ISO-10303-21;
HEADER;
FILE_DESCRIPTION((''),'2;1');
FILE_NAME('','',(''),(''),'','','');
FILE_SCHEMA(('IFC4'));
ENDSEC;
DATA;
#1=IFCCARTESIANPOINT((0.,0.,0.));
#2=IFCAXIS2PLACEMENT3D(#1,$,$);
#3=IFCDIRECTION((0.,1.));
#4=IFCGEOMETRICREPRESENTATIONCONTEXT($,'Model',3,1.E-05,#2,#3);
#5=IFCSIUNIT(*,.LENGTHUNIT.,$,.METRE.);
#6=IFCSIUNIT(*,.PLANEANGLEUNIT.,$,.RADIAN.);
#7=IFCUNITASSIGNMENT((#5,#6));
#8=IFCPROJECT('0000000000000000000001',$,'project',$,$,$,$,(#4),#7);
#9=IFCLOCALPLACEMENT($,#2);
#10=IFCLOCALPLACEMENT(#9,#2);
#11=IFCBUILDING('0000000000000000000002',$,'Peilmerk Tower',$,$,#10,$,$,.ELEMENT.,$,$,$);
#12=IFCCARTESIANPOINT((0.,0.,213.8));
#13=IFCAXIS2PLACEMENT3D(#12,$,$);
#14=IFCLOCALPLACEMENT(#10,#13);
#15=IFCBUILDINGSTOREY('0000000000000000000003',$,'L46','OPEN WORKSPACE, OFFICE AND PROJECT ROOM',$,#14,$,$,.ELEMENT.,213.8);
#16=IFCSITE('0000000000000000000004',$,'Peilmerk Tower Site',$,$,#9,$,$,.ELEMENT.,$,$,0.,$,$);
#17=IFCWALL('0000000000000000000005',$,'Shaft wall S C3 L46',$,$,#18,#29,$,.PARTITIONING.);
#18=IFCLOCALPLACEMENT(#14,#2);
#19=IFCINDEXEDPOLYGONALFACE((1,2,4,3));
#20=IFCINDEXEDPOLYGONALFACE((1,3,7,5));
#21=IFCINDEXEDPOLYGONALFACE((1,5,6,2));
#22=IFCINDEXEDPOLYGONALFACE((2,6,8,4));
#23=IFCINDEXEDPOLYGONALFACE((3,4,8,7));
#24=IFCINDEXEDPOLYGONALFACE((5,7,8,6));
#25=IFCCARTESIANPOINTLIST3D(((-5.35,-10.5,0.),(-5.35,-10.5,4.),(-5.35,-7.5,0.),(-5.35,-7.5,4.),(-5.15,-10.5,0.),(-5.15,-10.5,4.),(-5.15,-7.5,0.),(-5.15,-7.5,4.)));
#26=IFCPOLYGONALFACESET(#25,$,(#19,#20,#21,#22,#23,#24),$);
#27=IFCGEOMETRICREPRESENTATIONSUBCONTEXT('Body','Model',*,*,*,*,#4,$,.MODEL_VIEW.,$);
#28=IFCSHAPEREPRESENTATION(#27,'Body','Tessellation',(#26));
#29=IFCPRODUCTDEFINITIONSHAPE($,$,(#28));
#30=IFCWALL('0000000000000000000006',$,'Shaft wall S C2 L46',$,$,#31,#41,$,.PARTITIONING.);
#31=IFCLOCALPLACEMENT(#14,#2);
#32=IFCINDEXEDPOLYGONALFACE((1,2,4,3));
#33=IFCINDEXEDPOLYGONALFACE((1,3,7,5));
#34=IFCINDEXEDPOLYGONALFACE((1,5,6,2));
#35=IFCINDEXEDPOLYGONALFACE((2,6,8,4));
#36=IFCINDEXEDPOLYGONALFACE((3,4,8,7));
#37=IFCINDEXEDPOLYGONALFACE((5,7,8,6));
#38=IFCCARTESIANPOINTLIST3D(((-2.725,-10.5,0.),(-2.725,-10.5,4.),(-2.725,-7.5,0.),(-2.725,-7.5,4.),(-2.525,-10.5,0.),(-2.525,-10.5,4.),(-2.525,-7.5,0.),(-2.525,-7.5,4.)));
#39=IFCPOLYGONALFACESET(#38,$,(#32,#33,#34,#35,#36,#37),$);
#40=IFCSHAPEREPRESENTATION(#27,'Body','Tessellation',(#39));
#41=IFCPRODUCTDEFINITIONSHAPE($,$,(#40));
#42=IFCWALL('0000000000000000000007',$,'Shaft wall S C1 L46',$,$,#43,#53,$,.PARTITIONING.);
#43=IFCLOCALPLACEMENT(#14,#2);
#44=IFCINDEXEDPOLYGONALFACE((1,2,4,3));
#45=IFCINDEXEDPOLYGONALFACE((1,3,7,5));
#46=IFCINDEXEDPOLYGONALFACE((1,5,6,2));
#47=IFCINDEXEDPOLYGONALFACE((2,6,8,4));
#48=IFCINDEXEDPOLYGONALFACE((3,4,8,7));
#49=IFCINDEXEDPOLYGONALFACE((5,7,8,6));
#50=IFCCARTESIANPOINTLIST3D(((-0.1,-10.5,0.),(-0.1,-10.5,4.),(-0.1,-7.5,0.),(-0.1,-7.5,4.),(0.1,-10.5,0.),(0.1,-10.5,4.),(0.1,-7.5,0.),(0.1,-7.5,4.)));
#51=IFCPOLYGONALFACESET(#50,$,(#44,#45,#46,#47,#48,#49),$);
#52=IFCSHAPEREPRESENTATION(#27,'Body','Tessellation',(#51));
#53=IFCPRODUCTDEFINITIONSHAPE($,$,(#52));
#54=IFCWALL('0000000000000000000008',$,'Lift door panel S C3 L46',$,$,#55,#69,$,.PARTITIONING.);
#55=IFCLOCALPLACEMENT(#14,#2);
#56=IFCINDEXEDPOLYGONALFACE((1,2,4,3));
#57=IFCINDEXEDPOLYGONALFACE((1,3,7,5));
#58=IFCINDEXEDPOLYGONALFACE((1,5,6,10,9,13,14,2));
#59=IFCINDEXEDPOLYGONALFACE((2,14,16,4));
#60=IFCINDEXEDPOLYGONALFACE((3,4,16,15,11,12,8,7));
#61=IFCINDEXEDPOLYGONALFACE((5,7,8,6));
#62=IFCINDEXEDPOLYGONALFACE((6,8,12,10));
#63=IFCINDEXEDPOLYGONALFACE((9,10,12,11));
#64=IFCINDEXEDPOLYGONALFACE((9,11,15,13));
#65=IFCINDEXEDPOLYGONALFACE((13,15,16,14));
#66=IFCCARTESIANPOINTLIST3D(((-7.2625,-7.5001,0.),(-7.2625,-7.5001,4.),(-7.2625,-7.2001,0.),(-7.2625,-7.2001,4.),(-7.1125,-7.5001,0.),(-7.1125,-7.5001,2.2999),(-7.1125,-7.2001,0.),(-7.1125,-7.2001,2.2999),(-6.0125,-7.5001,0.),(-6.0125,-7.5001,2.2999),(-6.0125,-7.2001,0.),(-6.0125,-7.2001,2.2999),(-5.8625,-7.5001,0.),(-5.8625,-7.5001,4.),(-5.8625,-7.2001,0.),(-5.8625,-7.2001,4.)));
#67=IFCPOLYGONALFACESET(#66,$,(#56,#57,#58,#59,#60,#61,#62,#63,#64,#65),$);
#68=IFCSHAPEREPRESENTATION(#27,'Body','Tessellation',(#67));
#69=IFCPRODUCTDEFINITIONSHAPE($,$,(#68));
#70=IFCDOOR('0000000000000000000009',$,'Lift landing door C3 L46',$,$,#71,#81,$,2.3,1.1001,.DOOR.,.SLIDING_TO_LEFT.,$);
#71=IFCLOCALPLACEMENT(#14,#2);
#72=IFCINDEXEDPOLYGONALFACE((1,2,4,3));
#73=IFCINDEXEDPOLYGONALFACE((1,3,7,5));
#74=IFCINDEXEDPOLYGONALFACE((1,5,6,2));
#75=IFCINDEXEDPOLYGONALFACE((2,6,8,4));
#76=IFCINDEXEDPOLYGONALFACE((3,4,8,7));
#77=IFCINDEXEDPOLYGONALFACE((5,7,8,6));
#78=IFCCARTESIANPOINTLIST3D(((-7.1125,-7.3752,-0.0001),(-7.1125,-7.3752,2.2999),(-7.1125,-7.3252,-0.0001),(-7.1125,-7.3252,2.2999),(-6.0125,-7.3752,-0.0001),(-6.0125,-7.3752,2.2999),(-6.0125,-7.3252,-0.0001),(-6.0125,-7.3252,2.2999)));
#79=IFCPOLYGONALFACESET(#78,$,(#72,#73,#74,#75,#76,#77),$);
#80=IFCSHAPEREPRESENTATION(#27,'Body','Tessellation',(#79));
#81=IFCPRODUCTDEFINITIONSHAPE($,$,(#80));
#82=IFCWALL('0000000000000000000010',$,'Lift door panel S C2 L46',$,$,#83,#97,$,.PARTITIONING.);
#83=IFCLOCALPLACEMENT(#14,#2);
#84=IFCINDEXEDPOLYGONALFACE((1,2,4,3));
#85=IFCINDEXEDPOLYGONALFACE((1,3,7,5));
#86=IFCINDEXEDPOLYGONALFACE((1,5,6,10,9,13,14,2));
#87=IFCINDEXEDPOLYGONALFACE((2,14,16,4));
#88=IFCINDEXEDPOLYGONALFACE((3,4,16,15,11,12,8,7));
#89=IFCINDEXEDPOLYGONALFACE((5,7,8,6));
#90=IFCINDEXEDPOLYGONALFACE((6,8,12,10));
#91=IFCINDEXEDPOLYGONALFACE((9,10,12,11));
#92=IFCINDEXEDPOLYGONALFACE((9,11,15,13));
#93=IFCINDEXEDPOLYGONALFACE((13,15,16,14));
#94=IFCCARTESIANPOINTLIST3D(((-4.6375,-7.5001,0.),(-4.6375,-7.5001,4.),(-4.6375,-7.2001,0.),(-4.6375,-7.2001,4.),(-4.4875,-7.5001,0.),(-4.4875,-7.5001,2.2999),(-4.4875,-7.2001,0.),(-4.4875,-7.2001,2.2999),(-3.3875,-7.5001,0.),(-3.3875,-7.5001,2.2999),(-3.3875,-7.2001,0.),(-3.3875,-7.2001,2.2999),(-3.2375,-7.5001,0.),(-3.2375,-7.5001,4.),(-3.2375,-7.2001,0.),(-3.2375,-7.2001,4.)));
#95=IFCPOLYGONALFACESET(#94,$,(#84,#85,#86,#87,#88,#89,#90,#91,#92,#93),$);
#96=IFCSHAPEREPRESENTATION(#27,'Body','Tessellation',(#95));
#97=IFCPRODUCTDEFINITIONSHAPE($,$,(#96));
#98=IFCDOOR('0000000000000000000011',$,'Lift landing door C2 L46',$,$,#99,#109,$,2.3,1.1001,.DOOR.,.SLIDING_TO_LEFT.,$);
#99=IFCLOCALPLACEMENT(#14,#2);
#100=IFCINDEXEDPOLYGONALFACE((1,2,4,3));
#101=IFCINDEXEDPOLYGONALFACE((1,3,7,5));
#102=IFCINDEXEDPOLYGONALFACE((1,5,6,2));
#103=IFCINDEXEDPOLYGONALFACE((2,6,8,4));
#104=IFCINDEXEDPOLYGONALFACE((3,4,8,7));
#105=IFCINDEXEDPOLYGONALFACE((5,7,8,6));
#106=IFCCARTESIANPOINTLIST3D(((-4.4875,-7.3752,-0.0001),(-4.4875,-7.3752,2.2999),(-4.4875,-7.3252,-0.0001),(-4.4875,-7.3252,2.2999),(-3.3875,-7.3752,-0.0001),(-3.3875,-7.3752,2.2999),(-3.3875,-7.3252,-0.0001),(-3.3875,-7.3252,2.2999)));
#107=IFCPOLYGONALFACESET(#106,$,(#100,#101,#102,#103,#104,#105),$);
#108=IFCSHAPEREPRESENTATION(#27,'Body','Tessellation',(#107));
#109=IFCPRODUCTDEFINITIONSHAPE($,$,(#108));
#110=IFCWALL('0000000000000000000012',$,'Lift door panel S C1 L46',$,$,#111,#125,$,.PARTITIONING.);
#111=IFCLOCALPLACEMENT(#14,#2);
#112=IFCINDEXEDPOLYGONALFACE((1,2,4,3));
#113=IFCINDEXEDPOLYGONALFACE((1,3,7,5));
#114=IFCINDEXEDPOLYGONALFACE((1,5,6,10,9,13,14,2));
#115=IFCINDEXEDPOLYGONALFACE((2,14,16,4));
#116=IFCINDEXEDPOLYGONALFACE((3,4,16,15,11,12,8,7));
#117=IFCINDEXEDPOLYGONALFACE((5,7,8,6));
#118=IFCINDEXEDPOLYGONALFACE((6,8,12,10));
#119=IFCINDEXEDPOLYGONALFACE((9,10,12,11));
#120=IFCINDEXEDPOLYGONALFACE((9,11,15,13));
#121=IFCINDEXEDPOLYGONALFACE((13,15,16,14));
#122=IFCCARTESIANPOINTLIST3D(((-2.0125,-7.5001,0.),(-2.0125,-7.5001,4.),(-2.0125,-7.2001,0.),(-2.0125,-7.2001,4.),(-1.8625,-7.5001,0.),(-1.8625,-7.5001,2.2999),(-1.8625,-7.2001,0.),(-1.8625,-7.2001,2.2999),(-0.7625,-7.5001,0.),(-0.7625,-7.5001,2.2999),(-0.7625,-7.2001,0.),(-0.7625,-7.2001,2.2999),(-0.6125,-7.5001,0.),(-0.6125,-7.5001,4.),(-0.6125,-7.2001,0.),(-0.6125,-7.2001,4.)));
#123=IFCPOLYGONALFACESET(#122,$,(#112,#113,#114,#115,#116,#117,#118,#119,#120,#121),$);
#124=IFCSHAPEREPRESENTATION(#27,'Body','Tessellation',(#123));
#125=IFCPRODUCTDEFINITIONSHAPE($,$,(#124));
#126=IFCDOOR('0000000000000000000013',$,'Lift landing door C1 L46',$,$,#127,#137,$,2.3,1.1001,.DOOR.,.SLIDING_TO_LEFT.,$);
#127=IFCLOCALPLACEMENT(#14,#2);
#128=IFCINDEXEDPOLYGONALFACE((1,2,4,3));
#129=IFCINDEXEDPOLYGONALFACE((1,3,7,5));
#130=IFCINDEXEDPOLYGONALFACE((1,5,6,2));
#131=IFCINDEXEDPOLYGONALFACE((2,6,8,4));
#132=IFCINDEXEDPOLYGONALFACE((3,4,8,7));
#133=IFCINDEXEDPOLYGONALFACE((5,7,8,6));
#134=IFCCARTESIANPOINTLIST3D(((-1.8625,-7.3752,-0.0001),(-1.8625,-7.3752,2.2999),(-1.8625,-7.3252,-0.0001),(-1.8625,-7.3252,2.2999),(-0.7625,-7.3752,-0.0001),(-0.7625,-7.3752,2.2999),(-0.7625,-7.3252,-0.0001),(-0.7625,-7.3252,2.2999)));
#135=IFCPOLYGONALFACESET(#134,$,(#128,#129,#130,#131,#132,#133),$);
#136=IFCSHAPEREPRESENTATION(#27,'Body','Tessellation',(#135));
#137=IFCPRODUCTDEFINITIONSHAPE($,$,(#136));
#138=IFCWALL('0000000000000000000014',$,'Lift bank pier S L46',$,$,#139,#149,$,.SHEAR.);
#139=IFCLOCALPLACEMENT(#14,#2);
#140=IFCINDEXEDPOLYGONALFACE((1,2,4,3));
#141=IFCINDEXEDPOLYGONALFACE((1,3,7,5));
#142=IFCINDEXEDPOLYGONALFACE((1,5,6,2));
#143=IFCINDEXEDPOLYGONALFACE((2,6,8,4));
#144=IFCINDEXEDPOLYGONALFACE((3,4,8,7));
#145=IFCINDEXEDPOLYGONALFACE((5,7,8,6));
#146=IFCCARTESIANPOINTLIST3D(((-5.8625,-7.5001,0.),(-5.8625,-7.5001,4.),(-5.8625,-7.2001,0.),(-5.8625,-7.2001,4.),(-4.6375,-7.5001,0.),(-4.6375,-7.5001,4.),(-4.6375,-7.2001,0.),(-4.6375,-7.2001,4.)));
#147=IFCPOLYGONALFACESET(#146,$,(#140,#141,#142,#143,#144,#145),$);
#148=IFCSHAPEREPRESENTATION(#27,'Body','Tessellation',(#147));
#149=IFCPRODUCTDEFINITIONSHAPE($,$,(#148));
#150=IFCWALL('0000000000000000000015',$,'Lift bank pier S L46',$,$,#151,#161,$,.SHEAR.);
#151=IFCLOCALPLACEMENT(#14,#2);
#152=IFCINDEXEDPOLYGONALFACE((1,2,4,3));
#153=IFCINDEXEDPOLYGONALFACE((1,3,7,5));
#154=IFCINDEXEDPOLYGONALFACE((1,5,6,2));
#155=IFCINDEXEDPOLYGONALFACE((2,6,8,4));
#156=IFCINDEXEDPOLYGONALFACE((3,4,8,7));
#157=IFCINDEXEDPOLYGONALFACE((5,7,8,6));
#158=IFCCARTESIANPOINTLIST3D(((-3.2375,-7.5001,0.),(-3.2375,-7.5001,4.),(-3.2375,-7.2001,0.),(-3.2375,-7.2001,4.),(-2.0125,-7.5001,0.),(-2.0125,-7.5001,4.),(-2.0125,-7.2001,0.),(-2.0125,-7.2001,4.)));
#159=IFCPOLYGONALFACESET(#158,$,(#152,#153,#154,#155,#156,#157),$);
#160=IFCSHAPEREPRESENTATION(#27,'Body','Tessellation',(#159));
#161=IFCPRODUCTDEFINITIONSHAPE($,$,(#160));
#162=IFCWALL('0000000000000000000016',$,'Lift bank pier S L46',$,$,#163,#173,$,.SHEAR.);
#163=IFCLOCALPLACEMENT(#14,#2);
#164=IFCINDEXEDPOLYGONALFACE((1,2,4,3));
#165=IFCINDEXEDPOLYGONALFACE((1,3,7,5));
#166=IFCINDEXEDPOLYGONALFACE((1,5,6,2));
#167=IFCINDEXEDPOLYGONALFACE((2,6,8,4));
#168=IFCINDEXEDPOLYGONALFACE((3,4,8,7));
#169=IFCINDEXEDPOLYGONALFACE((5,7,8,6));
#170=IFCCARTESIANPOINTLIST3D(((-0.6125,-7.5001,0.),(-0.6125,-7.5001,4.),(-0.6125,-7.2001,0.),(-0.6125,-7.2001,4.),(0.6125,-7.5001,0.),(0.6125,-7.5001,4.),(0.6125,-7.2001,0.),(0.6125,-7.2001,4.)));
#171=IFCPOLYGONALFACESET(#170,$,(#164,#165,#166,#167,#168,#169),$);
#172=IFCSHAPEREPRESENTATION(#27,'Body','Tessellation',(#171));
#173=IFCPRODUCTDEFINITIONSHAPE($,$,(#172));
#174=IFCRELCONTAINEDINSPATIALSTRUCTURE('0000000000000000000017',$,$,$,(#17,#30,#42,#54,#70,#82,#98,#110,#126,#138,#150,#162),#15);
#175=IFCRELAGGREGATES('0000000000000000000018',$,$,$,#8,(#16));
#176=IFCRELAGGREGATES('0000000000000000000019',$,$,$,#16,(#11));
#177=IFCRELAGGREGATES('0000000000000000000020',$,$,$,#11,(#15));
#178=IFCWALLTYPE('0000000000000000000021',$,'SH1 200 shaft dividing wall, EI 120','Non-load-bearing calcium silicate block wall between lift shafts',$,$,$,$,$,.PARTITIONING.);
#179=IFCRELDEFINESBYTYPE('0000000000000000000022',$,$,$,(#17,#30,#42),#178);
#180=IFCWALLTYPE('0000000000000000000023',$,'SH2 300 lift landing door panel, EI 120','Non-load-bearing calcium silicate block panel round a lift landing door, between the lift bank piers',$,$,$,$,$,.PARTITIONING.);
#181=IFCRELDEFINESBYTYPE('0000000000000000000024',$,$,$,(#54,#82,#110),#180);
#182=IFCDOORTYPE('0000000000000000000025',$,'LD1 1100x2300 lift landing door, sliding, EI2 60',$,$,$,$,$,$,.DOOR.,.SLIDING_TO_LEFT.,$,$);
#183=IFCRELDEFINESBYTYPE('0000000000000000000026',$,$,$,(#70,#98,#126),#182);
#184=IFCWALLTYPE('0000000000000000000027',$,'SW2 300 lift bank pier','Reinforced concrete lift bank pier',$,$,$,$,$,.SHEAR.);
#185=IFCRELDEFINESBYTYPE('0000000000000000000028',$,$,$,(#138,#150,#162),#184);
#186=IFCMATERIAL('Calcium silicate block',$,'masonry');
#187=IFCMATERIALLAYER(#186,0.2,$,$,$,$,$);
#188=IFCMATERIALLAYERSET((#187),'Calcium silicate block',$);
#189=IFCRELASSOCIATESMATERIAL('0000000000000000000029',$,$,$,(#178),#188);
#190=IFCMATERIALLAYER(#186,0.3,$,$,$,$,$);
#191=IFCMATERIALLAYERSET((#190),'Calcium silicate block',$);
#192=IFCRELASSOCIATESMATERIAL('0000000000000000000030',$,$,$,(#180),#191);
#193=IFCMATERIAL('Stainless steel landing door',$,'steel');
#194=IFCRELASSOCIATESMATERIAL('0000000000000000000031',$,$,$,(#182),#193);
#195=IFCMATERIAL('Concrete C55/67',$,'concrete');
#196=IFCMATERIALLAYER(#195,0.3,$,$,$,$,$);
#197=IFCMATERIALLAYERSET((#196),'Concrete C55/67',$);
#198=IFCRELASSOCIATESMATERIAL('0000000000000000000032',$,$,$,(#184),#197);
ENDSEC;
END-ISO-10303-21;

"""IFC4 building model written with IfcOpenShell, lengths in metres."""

from ifc_helpers import new_model, si_unit, direction, frame, frame_2d, origin, place, context, subcontext, project, spatial, rectangle, extrude, material, layer, layer_set, type_object, element, fill, save


model = new_model("IFC4")

# Units and contexts
model_context = context("Model", 3, precision=1e-05, world=origin(), true_north=direction((0.0, 1.0)))
body_context = subcontext(model_context, "Body", "Model", "MODEL_VIEW")
ifc_project = project(units=[si_unit("LENGTHUNIT", "METRE"), si_unit("PLANEANGLEUNIT", "RADIAN")], contexts=[model_context])

# Site, building, storey
site_placement = place(None, origin())
site = spatial("IfcSite", under=ifc_project, at=site_placement, Name="Peilmerk Tower Site", CompositionType="ELEMENT", RefElevation=0.0)
building_placement = place(site_placement, origin())
building = spatial("IfcBuilding", under=site, at=building_placement, Name="Peilmerk Tower", CompositionType="ELEMENT")
storey_placement = place(building_placement, frame((0.0, 0.0, 213.8)))
storey = spatial("IfcBuildingStorey", under=building, at=storey_placement, Name="L46", Description="OPEN WORKSPACE, OFFICE AND PROJECT ROOM", CompositionType="ELEMENT", Elevation=213.8)

# Walls
ifc_material_1 = material(Name="Calcium silicate block", Category="masonry")
ifc_layer_1 = layer(ifc_material_1, 0.2)
ifc_layer_set_1 = layer_set([ifc_layer_1], Name="Calcium silicate block")
wall_type_1 = type_object("IfcWallType", Name="SH1 200 shaft dividing wall, EI 120", Description="Non-load-bearing calcium silicate block wall between lift shafts", PredefinedType="PARTITIONING", material=ifc_layer_set_1)
for number, where, z_axis, x_axis, name in (
    (1, (-5.25, -10.5, 0.0), (0.0, 0.0, 1.0), (0.0, 1.0, 0.0), "Shaft wall S C3 L46"),
    (2, (-2.625, -10.5, 0.0), (0.0, 0.0, 1.0), (0.0, 1.0, 0.0), "Shaft wall S C2 L46"),
    (3, (0.0, -10.5, 0.0), (0.0, 0.0, 1.0), (0.0, 1.0, 0.0), "Shaft wall S C1 L46"),
):
    element("IfcWall", number, at=place(storey_placement, frame(where, z_axis=z_axis, x_axis=x_axis)), inside=storey, type_object=wall_type_1, Name=name, PredefinedType="PARTITIONING", context=body_context, shape_type="SweptSolid", body=[
        extrude(rectangle(XDim=3.0, YDim=0.2, at=frame_2d((1.5, 0.0))), origin(), (0.0, 0.0, 1.0), 4.0),
    ])

# Walls, openings, doors
ifc_layer_2 = layer(ifc_material_1, 0.3)
ifc_layer_set_2 = layer_set([ifc_layer_2], Name="Calcium silicate block")
wall_type_2 = type_object("IfcWallType", Name="SH2 300 lift landing door panel, EI 120", Description="Non-load-bearing calcium silicate block panel round a lift landing door, between the lift bank piers", PredefinedType="PARTITIONING", material=ifc_layer_set_2)
wall_1_placement = place(storey_placement, frame((-7.2625, -7.3501, 0.0), z_axis=(0.0, 0.0, 1.0), x_axis=(1.0, 0.0, 0.0)))
wall_1 = element("IfcWall", 4, at=wall_1_placement, inside=storey, type_object=wall_type_2, Name="Lift door panel S C3 L46", PredefinedType="PARTITIONING", context=body_context, shape_type="SweptSolid", body=[
    extrude(rectangle(XDim=1.3999, YDim=0.3, at=frame_2d((0.7, 0.0))), origin(), (0.0, 0.0, 1.0), 4.0),
])
opening_1_placement = place(wall_1_placement, frame((0.1499, 0.0, 0.0)))
opening_1 = element("IfcOpeningElement", 5, at=opening_1_placement, cuts=wall_1, PredefinedType="OPENING", context=body_context, shape_type="SweptSolid", body=[
    extrude(rectangle(XDim=1.1001, YDim=2.3, at=frame_2d((0.55, 1.1499))), frame((0.0, 0.1599, 0.0), z_axis=(0.0, -1.0, 0.0), x_axis=(1.0, 0.0, 0.0)), (0.0, 0.0, 1.0), 0.3201),
])
ifc_material_2 = material(Name="Stainless steel landing door", Category="steel")
door_type = type_object("IfcDoorType", Name="LD1 1100x2300 lift landing door, sliding, EI2 60", OperationType="SLIDING_TO_LEFT", PredefinedType="DOOR", material=ifc_material_2)
door_1_placement = place(opening_1_placement, origin())
door_1 = element("IfcDoor", 6, at=door_1_placement, inside=storey, type_object=door_type, Name="Lift landing door C3 L46", OperationType="SLIDING_TO_LEFT", OverallHeight=2.3, OverallWidth=1.1001, PredefinedType="DOOR", context=body_context, shape_type="SweptSolid", body=[
    extrude(rectangle(XDim=1.1001, YDim=2.3, at=frame_2d((0.55, 1.1499))), frame((0.0, 0.0249, 0.0), z_axis=(0.0, -1.0, 0.0), x_axis=(1.0, 0.0, 0.0)), (0.0, 0.0, 1.0), 0.05),
])
fill(opening_1, door_1)
wall_2_placement = place(storey_placement, frame((-4.6375, -7.3501, 0.0), z_axis=(0.0, 0.0, 1.0), x_axis=(1.0, 0.0, 0.0)))
wall_2 = element("IfcWall", 7, at=wall_2_placement, inside=storey, type_object=wall_type_2, Name="Lift door panel S C2 L46", PredefinedType="PARTITIONING", context=body_context, shape_type="SweptSolid", body=[
    extrude(rectangle(XDim=1.3999, YDim=0.3, at=frame_2d((0.7, 0.0))), origin(), (0.0, 0.0, 1.0), 4.0),
])
opening_2_placement = place(wall_2_placement, frame((0.1499, 0.0, 0.0)))
opening_2 = element("IfcOpeningElement", 8, at=opening_2_placement, cuts=wall_2, PredefinedType="OPENING", context=body_context, shape_type="SweptSolid", body=[
    extrude(rectangle(XDim=1.1001, YDim=2.3, at=frame_2d((0.55, 1.1499))), frame((0.0, 0.1599, 0.0), z_axis=(0.0, -1.0, 0.0), x_axis=(1.0, 0.0, 0.0)), (0.0, 0.0, 1.0), 0.3201),
])
door_2_placement = place(opening_2_placement, origin())
door_2 = element("IfcDoor", 9, at=door_2_placement, inside=storey, type_object=door_type, Name="Lift landing door C2 L46", OperationType="SLIDING_TO_LEFT", OverallHeight=2.3, OverallWidth=1.1001, PredefinedType="DOOR", context=body_context, shape_type="SweptSolid", body=[
    extrude(rectangle(XDim=1.1001, YDim=2.3, at=frame_2d((0.55, 1.1499))), frame((0.0, 0.0249, 0.0), z_axis=(0.0, -1.0, 0.0), x_axis=(1.0, 0.0, 0.0)), (0.0, 0.0, 1.0), 0.05),
])
fill(opening_2, door_2)
wall_3_placement = place(storey_placement, frame((-2.0125, -7.3501, 0.0), z_axis=(0.0, 0.0, 1.0), x_axis=(1.0, 0.0, 0.0)))
wall_3 = element("IfcWall", 10, at=wall_3_placement, inside=storey, type_object=wall_type_2, Name="Lift door panel S C1 L46", PredefinedType="PARTITIONING", context=body_context, shape_type="SweptSolid", body=[
    extrude(rectangle(XDim=1.3999, YDim=0.3, at=frame_2d((0.7, 0.0))), origin(), (0.0, 0.0, 1.0), 4.0),
])
opening_3_placement = place(wall_3_placement, frame((0.1499, 0.0, 0.0)))
opening_3 = element("IfcOpeningElement", 11, at=opening_3_placement, cuts=wall_3, PredefinedType="OPENING", context=body_context, shape_type="SweptSolid", body=[
    extrude(rectangle(XDim=1.1001, YDim=2.3, at=frame_2d((0.55, 1.1499))), frame((0.0, 0.1599, 0.0), z_axis=(0.0, -1.0, 0.0), x_axis=(1.0, 0.0, 0.0)), (0.0, 0.0, 1.0), 0.3201),
])
door_3_placement = place(opening_3_placement, origin())
door_3 = element("IfcDoor", 12, at=door_3_placement, inside=storey, type_object=door_type, Name="Lift landing door C1 L46", OperationType="SLIDING_TO_LEFT", OverallHeight=2.3, OverallWidth=1.1001, PredefinedType="DOOR", context=body_context, shape_type="SweptSolid", body=[
    extrude(rectangle(XDim=1.1001, YDim=2.3, at=frame_2d((0.55, 1.1499))), frame((0.0, 0.0249, 0.0), z_axis=(0.0, -1.0, 0.0), x_axis=(1.0, 0.0, 0.0)), (0.0, 0.0, 1.0), 0.05),
])
fill(opening_3, door_3)

# Walls
ifc_material_3 = material(Name="Concrete C55/67", Category="concrete")
ifc_layer_3 = layer(ifc_material_3, 0.3)
ifc_layer_set_3 = layer_set([ifc_layer_3], Name="Concrete C55/67")
wall_type_3 = type_object("IfcWallType", Name="SW2 300 lift bank pier", Description="Reinforced concrete lift bank pier", PredefinedType="SHEAR", material=ifc_layer_set_3)
for number, where, z_axis, x_axis, name in (
    (13, (-5.8625, -7.3501, 0.0), (0.0, 0.0, 1.0), (1.0, 0.0, 0.0), "Lift bank pier S L46"),
    (14, (-3.2375, -7.3501, 0.0), (0.0, 0.0, 1.0), (1.0, 0.0, 0.0), "Lift bank pier S L46"),
    (15, (-0.6125, -7.3501, 0.0), (0.0, 0.0, 1.0), (1.0, 0.0, 0.0), "Lift bank pier S L46"),
):
    element("IfcWall", number, at=place(storey_placement, frame(where, z_axis=z_axis, x_axis=x_axis)), inside=storey, type_object=wall_type_3, Name=name, PredefinedType="SHEAR", context=body_context, shape_type="SweptSolid", body=[
        extrude(rectangle(XDim=1.2251, YDim=0.3, at=frame_2d((0.6125, 0.0))), origin(), (0.0, 0.0, 1.0), 4.0),
    ])

save(model, "model.ifc")
